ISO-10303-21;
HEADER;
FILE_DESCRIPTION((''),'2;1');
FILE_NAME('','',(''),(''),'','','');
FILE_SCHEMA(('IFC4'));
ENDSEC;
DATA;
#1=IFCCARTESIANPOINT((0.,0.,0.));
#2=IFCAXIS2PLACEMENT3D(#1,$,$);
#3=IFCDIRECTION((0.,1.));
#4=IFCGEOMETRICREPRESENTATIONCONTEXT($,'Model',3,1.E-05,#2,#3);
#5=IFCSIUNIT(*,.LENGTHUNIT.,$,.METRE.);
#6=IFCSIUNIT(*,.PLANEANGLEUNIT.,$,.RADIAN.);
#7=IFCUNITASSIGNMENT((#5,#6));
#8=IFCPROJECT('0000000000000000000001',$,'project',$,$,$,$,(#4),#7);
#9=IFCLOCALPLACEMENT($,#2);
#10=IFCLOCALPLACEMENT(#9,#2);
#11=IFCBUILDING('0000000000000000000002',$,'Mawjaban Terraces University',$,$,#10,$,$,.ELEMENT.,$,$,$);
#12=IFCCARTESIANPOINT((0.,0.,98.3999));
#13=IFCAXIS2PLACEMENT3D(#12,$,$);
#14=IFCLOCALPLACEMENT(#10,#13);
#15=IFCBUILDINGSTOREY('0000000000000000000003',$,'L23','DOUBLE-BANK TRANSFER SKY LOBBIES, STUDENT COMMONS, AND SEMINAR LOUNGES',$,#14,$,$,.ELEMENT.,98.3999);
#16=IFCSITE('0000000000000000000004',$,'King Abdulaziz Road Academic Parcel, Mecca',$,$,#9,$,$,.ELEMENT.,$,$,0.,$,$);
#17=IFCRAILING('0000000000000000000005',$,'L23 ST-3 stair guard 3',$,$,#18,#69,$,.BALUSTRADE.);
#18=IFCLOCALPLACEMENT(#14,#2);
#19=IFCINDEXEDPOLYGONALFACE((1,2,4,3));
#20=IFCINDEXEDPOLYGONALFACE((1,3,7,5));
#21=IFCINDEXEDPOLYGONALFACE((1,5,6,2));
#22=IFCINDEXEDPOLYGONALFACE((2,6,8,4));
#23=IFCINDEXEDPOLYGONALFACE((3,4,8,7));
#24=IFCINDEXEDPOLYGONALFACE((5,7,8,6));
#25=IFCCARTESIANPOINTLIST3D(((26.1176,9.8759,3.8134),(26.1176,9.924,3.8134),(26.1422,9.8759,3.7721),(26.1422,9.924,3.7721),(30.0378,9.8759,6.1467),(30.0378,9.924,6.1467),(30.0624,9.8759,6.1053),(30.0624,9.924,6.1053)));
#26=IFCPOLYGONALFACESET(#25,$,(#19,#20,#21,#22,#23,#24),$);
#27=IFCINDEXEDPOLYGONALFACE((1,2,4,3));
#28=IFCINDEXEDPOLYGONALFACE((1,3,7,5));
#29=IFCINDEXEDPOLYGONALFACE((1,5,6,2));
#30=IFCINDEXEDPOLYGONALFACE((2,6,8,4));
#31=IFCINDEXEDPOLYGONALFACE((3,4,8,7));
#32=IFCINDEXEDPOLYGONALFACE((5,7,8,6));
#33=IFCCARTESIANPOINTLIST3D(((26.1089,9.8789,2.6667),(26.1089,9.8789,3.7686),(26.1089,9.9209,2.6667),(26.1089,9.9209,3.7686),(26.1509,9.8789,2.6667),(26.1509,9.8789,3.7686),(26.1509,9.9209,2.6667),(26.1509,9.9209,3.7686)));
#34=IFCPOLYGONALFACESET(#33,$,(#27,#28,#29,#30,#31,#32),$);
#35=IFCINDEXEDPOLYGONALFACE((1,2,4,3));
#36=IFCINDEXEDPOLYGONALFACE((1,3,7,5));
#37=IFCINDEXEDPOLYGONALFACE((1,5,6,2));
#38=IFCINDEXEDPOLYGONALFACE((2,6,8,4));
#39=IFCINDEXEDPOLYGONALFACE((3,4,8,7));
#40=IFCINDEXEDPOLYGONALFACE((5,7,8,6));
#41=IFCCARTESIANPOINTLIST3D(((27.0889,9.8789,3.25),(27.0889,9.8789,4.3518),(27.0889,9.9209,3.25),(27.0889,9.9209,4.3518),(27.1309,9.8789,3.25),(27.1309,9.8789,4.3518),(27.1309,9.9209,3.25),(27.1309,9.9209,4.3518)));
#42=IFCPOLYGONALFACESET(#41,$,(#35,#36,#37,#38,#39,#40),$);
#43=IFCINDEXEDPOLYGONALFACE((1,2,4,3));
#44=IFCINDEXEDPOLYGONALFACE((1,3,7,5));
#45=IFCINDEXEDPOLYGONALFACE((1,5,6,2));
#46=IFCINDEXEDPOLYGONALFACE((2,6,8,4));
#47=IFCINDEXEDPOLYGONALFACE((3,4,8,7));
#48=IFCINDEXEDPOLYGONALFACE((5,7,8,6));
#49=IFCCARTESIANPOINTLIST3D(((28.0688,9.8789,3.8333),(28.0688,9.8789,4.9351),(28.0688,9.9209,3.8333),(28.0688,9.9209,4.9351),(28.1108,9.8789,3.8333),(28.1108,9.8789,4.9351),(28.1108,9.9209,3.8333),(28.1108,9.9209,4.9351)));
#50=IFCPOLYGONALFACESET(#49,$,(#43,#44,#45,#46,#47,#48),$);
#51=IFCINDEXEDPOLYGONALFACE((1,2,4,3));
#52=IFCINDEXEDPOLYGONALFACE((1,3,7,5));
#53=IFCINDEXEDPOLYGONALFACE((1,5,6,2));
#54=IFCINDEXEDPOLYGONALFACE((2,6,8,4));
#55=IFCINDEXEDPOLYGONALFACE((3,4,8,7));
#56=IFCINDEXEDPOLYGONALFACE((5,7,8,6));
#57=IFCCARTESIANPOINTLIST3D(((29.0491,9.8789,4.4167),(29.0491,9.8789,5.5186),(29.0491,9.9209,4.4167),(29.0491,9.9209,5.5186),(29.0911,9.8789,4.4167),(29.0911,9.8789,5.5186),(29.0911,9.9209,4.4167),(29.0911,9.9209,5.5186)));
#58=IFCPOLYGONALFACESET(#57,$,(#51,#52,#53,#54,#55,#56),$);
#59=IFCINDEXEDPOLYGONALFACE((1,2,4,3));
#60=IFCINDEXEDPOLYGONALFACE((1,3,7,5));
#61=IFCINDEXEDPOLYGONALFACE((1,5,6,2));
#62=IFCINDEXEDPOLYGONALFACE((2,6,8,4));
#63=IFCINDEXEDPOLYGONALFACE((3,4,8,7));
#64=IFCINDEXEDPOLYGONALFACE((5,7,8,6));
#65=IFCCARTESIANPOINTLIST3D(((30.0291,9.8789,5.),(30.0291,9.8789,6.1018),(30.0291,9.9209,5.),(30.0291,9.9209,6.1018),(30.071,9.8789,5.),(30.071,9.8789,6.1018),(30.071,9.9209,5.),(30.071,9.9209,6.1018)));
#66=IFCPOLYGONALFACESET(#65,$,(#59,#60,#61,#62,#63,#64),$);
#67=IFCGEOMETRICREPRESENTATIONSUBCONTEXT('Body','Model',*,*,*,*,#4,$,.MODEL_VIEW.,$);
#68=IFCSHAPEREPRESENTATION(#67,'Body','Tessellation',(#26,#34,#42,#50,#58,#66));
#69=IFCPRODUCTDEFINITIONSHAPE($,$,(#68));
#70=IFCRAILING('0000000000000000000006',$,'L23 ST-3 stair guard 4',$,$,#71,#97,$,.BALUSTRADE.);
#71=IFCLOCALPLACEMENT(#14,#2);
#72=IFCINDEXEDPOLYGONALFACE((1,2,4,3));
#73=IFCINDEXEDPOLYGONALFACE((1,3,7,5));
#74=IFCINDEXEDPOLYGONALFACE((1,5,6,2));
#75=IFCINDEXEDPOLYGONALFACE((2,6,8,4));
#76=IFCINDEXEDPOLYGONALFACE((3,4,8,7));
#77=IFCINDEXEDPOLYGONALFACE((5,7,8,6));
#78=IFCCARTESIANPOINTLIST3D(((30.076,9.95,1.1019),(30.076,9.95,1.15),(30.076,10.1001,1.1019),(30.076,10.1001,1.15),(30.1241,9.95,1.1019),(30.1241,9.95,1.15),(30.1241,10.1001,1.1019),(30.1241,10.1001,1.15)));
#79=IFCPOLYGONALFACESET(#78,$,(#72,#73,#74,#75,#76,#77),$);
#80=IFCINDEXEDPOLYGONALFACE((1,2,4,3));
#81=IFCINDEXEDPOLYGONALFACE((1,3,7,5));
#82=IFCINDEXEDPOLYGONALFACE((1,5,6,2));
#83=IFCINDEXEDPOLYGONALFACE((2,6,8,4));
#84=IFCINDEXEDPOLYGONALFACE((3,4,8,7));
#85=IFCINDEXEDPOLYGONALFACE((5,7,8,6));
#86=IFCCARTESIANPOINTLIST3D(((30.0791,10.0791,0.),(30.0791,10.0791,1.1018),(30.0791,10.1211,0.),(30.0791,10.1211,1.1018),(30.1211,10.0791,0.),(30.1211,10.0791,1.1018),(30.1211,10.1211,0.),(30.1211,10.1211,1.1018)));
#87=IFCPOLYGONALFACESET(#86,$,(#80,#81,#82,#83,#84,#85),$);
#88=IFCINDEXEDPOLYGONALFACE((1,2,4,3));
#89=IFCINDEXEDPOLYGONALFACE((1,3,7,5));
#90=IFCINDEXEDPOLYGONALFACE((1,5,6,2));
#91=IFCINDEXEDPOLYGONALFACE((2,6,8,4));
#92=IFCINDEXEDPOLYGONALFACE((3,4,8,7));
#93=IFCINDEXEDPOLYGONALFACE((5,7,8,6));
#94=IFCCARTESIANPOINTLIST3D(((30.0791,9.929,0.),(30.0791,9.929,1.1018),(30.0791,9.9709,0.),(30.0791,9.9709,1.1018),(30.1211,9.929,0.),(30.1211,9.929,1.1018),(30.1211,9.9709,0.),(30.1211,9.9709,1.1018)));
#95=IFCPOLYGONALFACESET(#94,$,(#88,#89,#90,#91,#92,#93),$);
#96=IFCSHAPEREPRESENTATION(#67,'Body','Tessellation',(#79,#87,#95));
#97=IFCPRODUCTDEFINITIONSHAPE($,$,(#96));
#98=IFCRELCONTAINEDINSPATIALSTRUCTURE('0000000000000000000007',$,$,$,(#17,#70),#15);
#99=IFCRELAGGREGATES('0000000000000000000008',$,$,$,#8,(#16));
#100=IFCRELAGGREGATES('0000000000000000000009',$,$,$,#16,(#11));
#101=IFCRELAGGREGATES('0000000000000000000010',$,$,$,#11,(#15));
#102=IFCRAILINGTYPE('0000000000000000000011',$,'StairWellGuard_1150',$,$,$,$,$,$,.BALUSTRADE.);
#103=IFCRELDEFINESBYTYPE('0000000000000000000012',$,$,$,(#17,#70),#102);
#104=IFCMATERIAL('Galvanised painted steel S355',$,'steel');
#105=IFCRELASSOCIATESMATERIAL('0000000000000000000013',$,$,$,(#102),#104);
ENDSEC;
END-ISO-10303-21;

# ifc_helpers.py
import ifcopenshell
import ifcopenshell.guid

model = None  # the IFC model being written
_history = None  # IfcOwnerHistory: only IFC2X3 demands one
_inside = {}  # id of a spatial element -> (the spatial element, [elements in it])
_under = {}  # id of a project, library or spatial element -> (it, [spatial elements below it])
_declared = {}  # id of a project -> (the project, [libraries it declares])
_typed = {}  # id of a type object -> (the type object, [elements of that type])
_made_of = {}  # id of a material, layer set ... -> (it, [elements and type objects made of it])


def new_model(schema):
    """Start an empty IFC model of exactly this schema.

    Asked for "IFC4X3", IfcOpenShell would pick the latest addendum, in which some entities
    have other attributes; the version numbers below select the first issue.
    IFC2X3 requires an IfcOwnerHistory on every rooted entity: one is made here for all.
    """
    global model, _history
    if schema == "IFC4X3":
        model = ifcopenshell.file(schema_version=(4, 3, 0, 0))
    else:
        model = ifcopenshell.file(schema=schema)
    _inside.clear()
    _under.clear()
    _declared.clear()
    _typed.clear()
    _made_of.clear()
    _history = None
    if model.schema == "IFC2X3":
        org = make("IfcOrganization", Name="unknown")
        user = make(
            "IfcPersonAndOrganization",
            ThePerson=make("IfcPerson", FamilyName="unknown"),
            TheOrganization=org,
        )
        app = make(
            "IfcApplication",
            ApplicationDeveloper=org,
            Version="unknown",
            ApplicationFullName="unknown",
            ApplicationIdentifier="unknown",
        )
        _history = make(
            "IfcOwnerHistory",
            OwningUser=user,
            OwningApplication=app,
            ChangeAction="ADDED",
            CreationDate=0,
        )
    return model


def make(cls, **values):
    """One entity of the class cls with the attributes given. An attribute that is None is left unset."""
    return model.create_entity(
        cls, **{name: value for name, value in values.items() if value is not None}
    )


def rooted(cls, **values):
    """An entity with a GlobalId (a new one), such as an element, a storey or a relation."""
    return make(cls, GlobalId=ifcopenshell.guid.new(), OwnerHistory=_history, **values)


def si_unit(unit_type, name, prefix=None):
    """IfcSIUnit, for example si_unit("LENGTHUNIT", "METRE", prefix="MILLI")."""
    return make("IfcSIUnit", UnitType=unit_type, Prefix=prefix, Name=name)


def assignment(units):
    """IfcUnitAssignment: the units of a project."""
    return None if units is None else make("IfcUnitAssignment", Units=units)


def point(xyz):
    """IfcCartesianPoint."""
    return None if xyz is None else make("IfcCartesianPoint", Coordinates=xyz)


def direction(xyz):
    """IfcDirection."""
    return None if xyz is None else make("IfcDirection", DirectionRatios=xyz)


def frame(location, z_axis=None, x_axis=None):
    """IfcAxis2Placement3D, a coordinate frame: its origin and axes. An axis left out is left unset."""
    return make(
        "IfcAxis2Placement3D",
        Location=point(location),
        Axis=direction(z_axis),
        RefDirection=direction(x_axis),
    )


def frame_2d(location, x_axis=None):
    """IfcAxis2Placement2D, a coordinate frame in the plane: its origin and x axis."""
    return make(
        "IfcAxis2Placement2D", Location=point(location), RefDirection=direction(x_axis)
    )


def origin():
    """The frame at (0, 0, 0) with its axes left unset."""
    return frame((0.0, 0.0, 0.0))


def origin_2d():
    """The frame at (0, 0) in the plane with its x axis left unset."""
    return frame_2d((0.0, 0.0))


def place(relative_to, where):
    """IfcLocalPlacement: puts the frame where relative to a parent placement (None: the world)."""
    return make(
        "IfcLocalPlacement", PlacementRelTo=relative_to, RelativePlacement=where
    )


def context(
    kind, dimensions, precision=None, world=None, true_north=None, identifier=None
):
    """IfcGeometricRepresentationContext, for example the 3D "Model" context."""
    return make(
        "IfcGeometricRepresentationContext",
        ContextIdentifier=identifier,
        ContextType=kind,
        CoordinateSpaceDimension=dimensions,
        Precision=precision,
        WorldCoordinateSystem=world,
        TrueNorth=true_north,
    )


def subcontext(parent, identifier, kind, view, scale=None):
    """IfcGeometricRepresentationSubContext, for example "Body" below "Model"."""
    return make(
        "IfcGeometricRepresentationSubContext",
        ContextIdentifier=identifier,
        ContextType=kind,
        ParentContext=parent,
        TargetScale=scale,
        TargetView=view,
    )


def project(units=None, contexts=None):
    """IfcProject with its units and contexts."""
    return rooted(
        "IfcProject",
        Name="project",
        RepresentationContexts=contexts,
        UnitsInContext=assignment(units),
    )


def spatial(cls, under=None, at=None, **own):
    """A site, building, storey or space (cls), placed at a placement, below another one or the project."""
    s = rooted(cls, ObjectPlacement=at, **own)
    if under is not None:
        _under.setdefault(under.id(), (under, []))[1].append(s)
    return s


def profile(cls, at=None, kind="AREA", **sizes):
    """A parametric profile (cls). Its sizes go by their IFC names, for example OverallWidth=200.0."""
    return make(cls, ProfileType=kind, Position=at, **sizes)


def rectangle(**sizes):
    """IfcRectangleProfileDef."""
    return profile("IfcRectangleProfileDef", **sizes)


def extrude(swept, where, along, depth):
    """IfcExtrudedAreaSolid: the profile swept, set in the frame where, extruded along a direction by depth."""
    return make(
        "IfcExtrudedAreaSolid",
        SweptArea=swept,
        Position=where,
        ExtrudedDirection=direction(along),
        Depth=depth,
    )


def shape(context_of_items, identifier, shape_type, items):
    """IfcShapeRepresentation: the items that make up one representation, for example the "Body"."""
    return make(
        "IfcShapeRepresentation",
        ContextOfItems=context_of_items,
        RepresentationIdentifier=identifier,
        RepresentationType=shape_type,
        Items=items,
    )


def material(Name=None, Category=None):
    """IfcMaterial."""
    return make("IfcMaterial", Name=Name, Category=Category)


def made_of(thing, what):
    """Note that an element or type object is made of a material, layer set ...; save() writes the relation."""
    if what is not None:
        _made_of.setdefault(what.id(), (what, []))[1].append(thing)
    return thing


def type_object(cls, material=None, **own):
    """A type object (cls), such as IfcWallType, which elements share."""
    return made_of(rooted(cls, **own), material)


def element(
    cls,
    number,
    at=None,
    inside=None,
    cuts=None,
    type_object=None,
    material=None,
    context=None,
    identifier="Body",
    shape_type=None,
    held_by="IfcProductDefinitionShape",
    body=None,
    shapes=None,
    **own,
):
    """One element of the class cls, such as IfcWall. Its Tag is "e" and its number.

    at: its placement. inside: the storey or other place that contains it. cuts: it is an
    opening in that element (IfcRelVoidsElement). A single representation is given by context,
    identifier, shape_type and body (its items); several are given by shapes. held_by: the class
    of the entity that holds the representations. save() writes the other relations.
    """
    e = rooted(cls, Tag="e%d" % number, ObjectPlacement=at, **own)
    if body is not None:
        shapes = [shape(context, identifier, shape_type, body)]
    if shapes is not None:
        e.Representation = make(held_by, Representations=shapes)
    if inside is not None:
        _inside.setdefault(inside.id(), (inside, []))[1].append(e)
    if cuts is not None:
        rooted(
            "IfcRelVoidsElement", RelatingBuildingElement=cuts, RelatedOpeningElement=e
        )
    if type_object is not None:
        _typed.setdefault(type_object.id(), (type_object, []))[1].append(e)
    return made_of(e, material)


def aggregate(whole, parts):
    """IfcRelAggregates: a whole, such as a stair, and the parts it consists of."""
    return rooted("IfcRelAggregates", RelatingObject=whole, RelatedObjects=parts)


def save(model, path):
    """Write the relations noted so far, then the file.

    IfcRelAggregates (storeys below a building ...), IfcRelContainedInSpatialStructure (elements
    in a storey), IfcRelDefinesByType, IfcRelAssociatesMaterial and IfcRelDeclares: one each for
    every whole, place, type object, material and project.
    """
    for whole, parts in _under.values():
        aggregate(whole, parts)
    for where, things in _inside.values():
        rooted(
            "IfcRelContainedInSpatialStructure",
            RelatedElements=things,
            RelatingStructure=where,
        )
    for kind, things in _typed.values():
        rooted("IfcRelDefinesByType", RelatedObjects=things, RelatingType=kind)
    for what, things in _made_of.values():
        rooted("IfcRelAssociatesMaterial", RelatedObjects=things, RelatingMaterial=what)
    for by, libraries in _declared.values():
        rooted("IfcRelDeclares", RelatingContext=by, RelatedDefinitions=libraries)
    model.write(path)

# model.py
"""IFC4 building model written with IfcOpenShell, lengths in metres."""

from ifc_helpers import new_model, si_unit, direction, frame, origin, origin_2d, place, context, subcontext, project, spatial, rectangle, extrude, material, type_object, element, save


model = new_model("IFC4")

# Units and contexts
model_context = context("Model", 3, precision=1e-05, world=origin(), true_north=direction((0.0, 1.0)))
body_context = subcontext(model_context, "Body", "Model", "MODEL_VIEW")
ifc_project = project(units=[si_unit("LENGTHUNIT", "METRE"), si_unit("PLANEANGLEUNIT", "RADIAN")], contexts=[model_context])

# Site, building, storey
site_placement = place(None, origin())
site = spatial("IfcSite", under=ifc_project, at=site_placement, Name="King Abdulaziz Road Academic Parcel, Mecca", CompositionType="ELEMENT", RefElevation=0.0)
building_placement = place(site_placement, origin())
building = spatial("IfcBuilding", under=site, at=building_placement, Name="Mawjaban Terraces University", CompositionType="ELEMENT")
storey_placement = place(building_placement, frame((0.0, 0.0, 98.3999)))
storey = spatial("IfcBuildingStorey", under=building, at=storey_placement, Name="L23", Description="DOUBLE-BANK TRANSFER SKY LOBBIES, STUDENT COMMONS, AND SEMINAR LOUNGES", CompositionType="ELEMENT", Elevation=98.3999)

# Railings
ifc_material_1 = material(Name="Galvanised painted steel S355", Category="steel")
railing_type_1 = type_object("IfcRailingType", Name="StairWellGuard_1150", PredefinedType="BALUSTRADE", material=ifc_material_1)
railing_1_placement = place(storey_placement, frame((26.1299, 9.8999, 2.6667)))
element("IfcRailing", 1, at=railing_1_placement, inside=storey, type_object=railing_type_1, Name="L23 ST-3 stair guard 3", PredefinedType="BALUSTRADE", context=body_context, shape_type="SweptSolid", body=[
    extrude(rectangle(XDim=0.0481, YDim=0.0481, at=origin_2d()), frame((0.0, 0.0, 1.126), z_axis=(0.85931, 0.0, 0.511455), x_axis=(0.0, 1.0, 0.0)), (0.0, 0.0, 1.0), 4.562),
    extrude(rectangle(XDim=0.042, YDim=0.042, at=origin_2d()), origin(), (0.0, 0.0, 1.0), 1.1018),
    extrude(rectangle(XDim=0.042, YDim=0.042, at=origin_2d()), frame((0.98, 0.0, 0.5833)), (0.0, 0.0, 1.0), 1.1018),
    extrude(rectangle(XDim=0.042, YDim=0.042, at=origin_2d()), frame((1.96, 0.0, 1.1665)), (0.0, 0.0, 1.0), 1.1018),
    extrude(rectangle(XDim=0.042, YDim=0.042, at=origin_2d()), frame((2.9402, 0.0, 1.75)), (0.0, 0.0, 1.0), 1.1018),
    extrude(rectangle(XDim=0.042, YDim=0.042, at=origin_2d()), frame((3.9202, 0.0, 2.3333)), (0.0, 0.0, 1.0), 1.1018),
])
railing_2_placement = place(storey_placement, frame((30.1001, 10.1001, 0.0)))
element("IfcRailing", 2, at=railing_2_placement, inside=storey, type_object=railing_type_1, Name="L23 ST-3 stair guard 4", PredefinedType="BALUSTRADE", context=body_context, shape_type="SweptSolid", body=[
    extrude(rectangle(XDim=0.0481, YDim=0.0481, at=origin_2d()), frame((0.0, 0.0, 1.126), z_axis=(0.0, -1.0, 0.0), x_axis=(1.0, 0.0, 0.0)), (0.0, 0.0, 1.0), 0.1501),
    extrude(rectangle(XDim=0.042, YDim=0.042, at=origin_2d()), origin(), (0.0, 0.0, 1.0), 1.1018),
    extrude(rectangle(XDim=0.042, YDim=0.042, at=origin_2d()), frame((0.0, -0.1501, 0.0)), (0.0, 0.0, 1.0), 1.1018),
])

save(model, "model.ifc")
